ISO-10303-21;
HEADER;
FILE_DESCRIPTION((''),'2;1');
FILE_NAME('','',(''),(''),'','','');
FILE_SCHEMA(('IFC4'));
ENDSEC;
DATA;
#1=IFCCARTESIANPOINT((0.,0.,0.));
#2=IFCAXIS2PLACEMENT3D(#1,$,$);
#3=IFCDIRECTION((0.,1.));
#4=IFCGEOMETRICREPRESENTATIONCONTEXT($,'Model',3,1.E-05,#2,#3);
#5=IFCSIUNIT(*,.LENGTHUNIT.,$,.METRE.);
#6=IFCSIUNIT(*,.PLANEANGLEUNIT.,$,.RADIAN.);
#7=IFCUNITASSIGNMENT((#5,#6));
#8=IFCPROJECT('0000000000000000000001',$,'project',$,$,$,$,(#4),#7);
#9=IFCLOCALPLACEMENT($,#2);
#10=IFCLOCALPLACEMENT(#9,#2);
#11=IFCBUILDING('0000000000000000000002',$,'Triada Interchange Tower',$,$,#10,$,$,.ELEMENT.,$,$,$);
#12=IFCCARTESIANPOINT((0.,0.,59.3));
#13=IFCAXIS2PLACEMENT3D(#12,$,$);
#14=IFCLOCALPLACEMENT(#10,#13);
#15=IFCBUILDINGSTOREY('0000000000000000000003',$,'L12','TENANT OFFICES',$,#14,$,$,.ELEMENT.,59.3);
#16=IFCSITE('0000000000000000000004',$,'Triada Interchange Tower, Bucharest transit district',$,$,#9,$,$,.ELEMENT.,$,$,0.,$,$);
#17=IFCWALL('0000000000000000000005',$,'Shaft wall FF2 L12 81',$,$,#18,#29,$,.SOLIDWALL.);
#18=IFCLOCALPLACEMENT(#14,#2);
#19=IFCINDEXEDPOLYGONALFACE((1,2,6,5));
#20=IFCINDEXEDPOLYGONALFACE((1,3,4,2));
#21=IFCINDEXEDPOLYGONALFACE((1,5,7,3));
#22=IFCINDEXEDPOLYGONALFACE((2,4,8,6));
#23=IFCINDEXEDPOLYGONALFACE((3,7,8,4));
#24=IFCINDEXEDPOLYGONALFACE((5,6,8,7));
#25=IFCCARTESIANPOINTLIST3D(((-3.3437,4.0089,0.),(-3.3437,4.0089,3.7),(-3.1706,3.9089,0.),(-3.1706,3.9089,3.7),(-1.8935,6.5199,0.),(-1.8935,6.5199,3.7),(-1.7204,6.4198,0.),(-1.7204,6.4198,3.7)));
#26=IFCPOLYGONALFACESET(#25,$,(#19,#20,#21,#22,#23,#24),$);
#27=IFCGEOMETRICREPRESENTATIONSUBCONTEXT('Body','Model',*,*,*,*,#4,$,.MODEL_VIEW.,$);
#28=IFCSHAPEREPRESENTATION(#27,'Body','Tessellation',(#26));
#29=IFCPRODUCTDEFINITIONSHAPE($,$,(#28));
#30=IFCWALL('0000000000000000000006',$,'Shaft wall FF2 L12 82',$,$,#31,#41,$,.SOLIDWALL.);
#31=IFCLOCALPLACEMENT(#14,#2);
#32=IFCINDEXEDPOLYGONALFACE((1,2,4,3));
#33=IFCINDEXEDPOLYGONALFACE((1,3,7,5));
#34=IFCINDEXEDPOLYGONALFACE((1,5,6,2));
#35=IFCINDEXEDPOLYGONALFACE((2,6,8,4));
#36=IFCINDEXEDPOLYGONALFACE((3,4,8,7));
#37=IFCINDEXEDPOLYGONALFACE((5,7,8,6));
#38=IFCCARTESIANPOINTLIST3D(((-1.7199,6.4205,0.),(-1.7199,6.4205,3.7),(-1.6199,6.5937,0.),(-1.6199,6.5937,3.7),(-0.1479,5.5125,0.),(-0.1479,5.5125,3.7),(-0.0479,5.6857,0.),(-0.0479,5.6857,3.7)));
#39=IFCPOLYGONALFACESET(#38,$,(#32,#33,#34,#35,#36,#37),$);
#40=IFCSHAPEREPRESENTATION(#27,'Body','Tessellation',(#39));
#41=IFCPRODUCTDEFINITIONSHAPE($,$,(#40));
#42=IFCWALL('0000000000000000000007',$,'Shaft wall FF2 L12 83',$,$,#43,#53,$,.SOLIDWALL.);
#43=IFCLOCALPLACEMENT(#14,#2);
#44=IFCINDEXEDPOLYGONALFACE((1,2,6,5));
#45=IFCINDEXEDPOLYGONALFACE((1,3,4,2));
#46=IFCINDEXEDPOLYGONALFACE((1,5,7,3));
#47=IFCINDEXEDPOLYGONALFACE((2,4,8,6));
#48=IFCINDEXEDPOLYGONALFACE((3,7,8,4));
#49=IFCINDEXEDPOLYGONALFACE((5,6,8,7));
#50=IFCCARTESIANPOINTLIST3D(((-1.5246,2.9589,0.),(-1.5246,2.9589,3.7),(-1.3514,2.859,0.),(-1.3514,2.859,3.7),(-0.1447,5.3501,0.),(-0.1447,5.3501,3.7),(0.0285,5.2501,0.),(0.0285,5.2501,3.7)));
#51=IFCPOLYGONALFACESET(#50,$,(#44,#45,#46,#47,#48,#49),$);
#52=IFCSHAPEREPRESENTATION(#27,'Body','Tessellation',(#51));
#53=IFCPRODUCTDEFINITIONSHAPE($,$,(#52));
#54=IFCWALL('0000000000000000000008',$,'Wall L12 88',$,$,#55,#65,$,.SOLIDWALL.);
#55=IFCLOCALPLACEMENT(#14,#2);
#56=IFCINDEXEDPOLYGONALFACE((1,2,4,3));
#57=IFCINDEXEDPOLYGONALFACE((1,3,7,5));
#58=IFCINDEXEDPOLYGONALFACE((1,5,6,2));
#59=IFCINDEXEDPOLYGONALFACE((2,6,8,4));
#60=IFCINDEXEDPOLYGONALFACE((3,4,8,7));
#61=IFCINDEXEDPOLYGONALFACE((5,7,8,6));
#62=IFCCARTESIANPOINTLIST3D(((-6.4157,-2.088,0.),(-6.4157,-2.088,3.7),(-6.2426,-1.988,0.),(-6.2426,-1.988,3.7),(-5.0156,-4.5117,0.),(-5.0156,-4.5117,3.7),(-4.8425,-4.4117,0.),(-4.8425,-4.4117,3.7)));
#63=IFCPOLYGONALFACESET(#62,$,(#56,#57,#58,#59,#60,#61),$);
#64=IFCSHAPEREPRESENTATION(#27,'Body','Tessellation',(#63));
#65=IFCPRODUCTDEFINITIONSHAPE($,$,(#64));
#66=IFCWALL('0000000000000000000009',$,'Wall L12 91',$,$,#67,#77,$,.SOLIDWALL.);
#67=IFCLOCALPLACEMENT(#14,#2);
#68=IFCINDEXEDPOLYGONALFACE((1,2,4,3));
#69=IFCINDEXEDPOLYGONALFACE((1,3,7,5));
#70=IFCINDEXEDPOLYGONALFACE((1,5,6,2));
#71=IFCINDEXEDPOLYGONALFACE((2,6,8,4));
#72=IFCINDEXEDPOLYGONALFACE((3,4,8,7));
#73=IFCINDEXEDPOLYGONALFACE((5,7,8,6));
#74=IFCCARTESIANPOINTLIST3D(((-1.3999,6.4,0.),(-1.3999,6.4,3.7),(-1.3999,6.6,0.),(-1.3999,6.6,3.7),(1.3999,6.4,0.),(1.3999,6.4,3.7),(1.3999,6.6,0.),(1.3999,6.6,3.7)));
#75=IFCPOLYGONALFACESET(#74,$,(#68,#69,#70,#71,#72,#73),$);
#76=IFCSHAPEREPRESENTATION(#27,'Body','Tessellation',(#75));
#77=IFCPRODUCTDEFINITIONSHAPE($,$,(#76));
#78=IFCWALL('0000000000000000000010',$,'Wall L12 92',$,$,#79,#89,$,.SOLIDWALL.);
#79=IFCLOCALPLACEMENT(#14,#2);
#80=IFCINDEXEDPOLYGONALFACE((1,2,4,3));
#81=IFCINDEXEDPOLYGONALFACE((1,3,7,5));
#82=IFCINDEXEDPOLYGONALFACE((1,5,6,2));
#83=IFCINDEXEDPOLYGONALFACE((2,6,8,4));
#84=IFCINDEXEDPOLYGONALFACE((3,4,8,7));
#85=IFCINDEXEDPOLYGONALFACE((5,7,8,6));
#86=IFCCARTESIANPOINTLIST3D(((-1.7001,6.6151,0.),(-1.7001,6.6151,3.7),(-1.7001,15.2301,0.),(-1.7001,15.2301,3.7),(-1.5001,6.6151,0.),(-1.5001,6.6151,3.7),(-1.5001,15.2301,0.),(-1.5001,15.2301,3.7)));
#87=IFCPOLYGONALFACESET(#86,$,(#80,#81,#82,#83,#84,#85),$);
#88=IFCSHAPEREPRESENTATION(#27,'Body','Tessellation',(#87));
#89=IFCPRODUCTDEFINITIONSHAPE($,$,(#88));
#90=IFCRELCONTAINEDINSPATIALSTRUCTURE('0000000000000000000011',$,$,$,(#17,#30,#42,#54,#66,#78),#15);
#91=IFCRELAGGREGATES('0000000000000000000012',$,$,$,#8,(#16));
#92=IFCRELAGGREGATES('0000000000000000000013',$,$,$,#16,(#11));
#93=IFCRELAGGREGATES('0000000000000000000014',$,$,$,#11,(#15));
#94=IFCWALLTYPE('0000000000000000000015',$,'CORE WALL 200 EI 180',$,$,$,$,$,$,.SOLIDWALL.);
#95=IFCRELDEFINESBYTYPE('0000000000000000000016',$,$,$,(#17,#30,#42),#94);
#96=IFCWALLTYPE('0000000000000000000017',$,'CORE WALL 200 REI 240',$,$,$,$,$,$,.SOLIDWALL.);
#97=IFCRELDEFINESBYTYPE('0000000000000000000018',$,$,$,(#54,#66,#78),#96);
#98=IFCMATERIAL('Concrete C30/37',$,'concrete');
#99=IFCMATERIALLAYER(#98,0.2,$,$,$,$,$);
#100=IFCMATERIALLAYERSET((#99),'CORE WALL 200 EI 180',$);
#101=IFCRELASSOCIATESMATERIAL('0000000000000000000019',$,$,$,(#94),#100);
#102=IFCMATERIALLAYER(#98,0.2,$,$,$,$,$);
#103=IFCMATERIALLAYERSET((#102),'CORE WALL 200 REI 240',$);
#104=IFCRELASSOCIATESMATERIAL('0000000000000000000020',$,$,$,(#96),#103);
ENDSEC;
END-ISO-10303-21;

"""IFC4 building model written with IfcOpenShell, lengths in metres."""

from ifc_helpers import new_model, si_unit, direction, frame, frame_2d, origin, place, context, subcontext, project, spatial, rectangle, extrude, material, layer, layer_set, type_object, element, save


model = new_model("IFC4")

# Units and contexts
model_context = context("Model", 3, precision=1e-05, world=origin(), true_north=direction((0.0, 1.0)))
body_context = subcontext(model_context, "Body", "Model", "MODEL_VIEW")
ifc_project = project(units=[si_unit("LENGTHUNIT", "METRE"), si_unit("PLANEANGLEUNIT", "RADIAN")], contexts=[model_context])

# Site, building, storey
site_placement = place(None, origin())
site = spatial("IfcSite", under=ifc_project, at=site_placement, Name="Triada Interchange Tower, Bucharest transit district", CompositionType="ELEMENT", RefElevation=0.0)
building_placement = place(site_placement, origin())
building = spatial("IfcBuilding", under=site, at=building_placement, Name="Triada Interchange Tower", CompositionType="ELEMENT")
storey_placement = place(building_placement, frame((0.0, 0.0, 59.3)))
storey = spatial("IfcBuildingStorey", under=building, at=storey_placement, Name="L12", Description="TENANT OFFICES", CompositionType="ELEMENT", Elevation=59.3)

# Shared definitions
ifc_material_1 = material(Name="Concrete C30/37", Category="concrete")
ifc_layer_1 = layer(ifc_material_1, 0.2)
ifc_layer_set_1 = layer_set([ifc_layer_1], Name="CORE WALL 200 EI 180")
wall_type_1 = type_object("IfcWallType", Name="CORE WALL 200 EI 180", PredefinedType="SOLIDWALL", material=ifc_layer_set_1)

# Walls
wall_1_placement = place(storey_placement, frame((-3.2571, 3.959, 0.0), z_axis=(0.0, 0.0, 1.0), x_axis=(0.500123, 0.865954, 0.0)))
element("IfcWall", 1, at=wall_1_placement, inside=storey, type_object=wall_type_1, Name="Shaft wall FF2 L12 81", PredefinedType="SOLIDWALL", context=body_context, shape_type="SweptSolid", body=[
    extrude(rectangle(XDim=2.8997, YDim=0.2, at=frame_2d((1.4497, 0.0))), origin(), (0.0, 0.0, 1.0), 3.7),
])
wall_2_placement = place(storey_placement, frame((-1.6699, 6.5071, 0.0), z_axis=(0.0, 0.0, 1.0), x_axis=(0.865941, -0.500145, 0.0)))
element("IfcWall", 2, at=wall_2_placement, inside=storey, type_object=wall_type_1, Name="Shaft wall FF2 L12 82", PredefinedType="SOLIDWALL", context=body_context, shape_type="SweptSolid", body=[
    extrude(rectangle(XDim=1.8154, YDim=0.2, at=frame_2d((0.9077, 0.0))), origin(), (0.0, 0.0, 1.0), 3.7),
])
wall_3_placement = place(storey_placement, frame((-1.438, 2.9089, 0.0), z_axis=(0.0, 0.0, 1.0), x_axis=(0.49983, 0.866124, 0.0)))
element("IfcWall", 3, at=wall_3_placement, inside=storey, type_object=wall_type_1, Name="Shaft wall FF2 L12 83", PredefinedType="SOLIDWALL", context=body_context, shape_type="SweptSolid", body=[
    extrude(rectangle(XDim=2.7607, YDim=0.2, at=frame_2d((1.3804, 0.0))), origin(), (0.0, 0.0, 1.0), 3.7),
])
ifc_layer_2 = layer(ifc_material_1, 0.2)
ifc_layer_set_2 = layer_set([ifc_layer_2], Name="CORE WALL 200 REI 240")
wall_type_2 = type_object("IfcWallType", Name="CORE WALL 200 REI 240", PredefinedType="SOLIDWALL", material=ifc_layer_set_2)
wall_4_placement = place(storey_placement, frame((-6.3291, -2.0381, 0.0), z_axis=(0.0, 0.0, 1.0), x_axis=(0.500201, -0.86591, 0.0)))
element("IfcWall", 4, at=wall_4_placement, inside=storey, type_object=wall_type_2, Name="Wall L12 88", PredefinedType="SOLIDWALL", context=body_context, shape_type="SweptSolid", body=[
    extrude(rectangle(XDim=2.7991, YDim=0.2, at=frame_2d((1.3994, 0.0))), origin(), (0.0, 0.0, 1.0), 3.7),
])
wall_5_placement = place(storey_placement, frame((-1.3999, 6.5, 0.0), z_axis=(0.0, 0.0, 1.0), x_axis=(1.0, 0.0, 0.0)))
element("IfcWall", 5, at=wall_5_placement, inside=storey, type_object=wall_type_2, Name="Wall L12 91", PredefinedType="SOLIDWALL", context=body_context, shape_type="SweptSolid", body=[
    extrude(rectangle(XDim=2.7998, YDim=0.2, at=frame_2d((1.3999, 0.0))), origin(), (0.0, 0.0, 1.0), 3.7),
])
wall_6_placement = place(storey_placement, frame((-1.6001, 6.615, 0.0), z_axis=(0.0, 0.0, 1.0), x_axis=(0.0, 1.0, 0.0)))
element("IfcWall", 6, at=wall_6_placement, inside=storey, type_object=wall_type_2, Name="Wall L12 92", PredefinedType="SOLIDWALL", context=body_context, shape_type="SweptSolid", body=[
    extrude(rectangle(XDim=8.615, YDim=0.2, at=frame_2d((4.3076, 0.0))), origin(), (0.0, 0.0, 1.0), 3.7),
])

save(model, "model.ifc")
